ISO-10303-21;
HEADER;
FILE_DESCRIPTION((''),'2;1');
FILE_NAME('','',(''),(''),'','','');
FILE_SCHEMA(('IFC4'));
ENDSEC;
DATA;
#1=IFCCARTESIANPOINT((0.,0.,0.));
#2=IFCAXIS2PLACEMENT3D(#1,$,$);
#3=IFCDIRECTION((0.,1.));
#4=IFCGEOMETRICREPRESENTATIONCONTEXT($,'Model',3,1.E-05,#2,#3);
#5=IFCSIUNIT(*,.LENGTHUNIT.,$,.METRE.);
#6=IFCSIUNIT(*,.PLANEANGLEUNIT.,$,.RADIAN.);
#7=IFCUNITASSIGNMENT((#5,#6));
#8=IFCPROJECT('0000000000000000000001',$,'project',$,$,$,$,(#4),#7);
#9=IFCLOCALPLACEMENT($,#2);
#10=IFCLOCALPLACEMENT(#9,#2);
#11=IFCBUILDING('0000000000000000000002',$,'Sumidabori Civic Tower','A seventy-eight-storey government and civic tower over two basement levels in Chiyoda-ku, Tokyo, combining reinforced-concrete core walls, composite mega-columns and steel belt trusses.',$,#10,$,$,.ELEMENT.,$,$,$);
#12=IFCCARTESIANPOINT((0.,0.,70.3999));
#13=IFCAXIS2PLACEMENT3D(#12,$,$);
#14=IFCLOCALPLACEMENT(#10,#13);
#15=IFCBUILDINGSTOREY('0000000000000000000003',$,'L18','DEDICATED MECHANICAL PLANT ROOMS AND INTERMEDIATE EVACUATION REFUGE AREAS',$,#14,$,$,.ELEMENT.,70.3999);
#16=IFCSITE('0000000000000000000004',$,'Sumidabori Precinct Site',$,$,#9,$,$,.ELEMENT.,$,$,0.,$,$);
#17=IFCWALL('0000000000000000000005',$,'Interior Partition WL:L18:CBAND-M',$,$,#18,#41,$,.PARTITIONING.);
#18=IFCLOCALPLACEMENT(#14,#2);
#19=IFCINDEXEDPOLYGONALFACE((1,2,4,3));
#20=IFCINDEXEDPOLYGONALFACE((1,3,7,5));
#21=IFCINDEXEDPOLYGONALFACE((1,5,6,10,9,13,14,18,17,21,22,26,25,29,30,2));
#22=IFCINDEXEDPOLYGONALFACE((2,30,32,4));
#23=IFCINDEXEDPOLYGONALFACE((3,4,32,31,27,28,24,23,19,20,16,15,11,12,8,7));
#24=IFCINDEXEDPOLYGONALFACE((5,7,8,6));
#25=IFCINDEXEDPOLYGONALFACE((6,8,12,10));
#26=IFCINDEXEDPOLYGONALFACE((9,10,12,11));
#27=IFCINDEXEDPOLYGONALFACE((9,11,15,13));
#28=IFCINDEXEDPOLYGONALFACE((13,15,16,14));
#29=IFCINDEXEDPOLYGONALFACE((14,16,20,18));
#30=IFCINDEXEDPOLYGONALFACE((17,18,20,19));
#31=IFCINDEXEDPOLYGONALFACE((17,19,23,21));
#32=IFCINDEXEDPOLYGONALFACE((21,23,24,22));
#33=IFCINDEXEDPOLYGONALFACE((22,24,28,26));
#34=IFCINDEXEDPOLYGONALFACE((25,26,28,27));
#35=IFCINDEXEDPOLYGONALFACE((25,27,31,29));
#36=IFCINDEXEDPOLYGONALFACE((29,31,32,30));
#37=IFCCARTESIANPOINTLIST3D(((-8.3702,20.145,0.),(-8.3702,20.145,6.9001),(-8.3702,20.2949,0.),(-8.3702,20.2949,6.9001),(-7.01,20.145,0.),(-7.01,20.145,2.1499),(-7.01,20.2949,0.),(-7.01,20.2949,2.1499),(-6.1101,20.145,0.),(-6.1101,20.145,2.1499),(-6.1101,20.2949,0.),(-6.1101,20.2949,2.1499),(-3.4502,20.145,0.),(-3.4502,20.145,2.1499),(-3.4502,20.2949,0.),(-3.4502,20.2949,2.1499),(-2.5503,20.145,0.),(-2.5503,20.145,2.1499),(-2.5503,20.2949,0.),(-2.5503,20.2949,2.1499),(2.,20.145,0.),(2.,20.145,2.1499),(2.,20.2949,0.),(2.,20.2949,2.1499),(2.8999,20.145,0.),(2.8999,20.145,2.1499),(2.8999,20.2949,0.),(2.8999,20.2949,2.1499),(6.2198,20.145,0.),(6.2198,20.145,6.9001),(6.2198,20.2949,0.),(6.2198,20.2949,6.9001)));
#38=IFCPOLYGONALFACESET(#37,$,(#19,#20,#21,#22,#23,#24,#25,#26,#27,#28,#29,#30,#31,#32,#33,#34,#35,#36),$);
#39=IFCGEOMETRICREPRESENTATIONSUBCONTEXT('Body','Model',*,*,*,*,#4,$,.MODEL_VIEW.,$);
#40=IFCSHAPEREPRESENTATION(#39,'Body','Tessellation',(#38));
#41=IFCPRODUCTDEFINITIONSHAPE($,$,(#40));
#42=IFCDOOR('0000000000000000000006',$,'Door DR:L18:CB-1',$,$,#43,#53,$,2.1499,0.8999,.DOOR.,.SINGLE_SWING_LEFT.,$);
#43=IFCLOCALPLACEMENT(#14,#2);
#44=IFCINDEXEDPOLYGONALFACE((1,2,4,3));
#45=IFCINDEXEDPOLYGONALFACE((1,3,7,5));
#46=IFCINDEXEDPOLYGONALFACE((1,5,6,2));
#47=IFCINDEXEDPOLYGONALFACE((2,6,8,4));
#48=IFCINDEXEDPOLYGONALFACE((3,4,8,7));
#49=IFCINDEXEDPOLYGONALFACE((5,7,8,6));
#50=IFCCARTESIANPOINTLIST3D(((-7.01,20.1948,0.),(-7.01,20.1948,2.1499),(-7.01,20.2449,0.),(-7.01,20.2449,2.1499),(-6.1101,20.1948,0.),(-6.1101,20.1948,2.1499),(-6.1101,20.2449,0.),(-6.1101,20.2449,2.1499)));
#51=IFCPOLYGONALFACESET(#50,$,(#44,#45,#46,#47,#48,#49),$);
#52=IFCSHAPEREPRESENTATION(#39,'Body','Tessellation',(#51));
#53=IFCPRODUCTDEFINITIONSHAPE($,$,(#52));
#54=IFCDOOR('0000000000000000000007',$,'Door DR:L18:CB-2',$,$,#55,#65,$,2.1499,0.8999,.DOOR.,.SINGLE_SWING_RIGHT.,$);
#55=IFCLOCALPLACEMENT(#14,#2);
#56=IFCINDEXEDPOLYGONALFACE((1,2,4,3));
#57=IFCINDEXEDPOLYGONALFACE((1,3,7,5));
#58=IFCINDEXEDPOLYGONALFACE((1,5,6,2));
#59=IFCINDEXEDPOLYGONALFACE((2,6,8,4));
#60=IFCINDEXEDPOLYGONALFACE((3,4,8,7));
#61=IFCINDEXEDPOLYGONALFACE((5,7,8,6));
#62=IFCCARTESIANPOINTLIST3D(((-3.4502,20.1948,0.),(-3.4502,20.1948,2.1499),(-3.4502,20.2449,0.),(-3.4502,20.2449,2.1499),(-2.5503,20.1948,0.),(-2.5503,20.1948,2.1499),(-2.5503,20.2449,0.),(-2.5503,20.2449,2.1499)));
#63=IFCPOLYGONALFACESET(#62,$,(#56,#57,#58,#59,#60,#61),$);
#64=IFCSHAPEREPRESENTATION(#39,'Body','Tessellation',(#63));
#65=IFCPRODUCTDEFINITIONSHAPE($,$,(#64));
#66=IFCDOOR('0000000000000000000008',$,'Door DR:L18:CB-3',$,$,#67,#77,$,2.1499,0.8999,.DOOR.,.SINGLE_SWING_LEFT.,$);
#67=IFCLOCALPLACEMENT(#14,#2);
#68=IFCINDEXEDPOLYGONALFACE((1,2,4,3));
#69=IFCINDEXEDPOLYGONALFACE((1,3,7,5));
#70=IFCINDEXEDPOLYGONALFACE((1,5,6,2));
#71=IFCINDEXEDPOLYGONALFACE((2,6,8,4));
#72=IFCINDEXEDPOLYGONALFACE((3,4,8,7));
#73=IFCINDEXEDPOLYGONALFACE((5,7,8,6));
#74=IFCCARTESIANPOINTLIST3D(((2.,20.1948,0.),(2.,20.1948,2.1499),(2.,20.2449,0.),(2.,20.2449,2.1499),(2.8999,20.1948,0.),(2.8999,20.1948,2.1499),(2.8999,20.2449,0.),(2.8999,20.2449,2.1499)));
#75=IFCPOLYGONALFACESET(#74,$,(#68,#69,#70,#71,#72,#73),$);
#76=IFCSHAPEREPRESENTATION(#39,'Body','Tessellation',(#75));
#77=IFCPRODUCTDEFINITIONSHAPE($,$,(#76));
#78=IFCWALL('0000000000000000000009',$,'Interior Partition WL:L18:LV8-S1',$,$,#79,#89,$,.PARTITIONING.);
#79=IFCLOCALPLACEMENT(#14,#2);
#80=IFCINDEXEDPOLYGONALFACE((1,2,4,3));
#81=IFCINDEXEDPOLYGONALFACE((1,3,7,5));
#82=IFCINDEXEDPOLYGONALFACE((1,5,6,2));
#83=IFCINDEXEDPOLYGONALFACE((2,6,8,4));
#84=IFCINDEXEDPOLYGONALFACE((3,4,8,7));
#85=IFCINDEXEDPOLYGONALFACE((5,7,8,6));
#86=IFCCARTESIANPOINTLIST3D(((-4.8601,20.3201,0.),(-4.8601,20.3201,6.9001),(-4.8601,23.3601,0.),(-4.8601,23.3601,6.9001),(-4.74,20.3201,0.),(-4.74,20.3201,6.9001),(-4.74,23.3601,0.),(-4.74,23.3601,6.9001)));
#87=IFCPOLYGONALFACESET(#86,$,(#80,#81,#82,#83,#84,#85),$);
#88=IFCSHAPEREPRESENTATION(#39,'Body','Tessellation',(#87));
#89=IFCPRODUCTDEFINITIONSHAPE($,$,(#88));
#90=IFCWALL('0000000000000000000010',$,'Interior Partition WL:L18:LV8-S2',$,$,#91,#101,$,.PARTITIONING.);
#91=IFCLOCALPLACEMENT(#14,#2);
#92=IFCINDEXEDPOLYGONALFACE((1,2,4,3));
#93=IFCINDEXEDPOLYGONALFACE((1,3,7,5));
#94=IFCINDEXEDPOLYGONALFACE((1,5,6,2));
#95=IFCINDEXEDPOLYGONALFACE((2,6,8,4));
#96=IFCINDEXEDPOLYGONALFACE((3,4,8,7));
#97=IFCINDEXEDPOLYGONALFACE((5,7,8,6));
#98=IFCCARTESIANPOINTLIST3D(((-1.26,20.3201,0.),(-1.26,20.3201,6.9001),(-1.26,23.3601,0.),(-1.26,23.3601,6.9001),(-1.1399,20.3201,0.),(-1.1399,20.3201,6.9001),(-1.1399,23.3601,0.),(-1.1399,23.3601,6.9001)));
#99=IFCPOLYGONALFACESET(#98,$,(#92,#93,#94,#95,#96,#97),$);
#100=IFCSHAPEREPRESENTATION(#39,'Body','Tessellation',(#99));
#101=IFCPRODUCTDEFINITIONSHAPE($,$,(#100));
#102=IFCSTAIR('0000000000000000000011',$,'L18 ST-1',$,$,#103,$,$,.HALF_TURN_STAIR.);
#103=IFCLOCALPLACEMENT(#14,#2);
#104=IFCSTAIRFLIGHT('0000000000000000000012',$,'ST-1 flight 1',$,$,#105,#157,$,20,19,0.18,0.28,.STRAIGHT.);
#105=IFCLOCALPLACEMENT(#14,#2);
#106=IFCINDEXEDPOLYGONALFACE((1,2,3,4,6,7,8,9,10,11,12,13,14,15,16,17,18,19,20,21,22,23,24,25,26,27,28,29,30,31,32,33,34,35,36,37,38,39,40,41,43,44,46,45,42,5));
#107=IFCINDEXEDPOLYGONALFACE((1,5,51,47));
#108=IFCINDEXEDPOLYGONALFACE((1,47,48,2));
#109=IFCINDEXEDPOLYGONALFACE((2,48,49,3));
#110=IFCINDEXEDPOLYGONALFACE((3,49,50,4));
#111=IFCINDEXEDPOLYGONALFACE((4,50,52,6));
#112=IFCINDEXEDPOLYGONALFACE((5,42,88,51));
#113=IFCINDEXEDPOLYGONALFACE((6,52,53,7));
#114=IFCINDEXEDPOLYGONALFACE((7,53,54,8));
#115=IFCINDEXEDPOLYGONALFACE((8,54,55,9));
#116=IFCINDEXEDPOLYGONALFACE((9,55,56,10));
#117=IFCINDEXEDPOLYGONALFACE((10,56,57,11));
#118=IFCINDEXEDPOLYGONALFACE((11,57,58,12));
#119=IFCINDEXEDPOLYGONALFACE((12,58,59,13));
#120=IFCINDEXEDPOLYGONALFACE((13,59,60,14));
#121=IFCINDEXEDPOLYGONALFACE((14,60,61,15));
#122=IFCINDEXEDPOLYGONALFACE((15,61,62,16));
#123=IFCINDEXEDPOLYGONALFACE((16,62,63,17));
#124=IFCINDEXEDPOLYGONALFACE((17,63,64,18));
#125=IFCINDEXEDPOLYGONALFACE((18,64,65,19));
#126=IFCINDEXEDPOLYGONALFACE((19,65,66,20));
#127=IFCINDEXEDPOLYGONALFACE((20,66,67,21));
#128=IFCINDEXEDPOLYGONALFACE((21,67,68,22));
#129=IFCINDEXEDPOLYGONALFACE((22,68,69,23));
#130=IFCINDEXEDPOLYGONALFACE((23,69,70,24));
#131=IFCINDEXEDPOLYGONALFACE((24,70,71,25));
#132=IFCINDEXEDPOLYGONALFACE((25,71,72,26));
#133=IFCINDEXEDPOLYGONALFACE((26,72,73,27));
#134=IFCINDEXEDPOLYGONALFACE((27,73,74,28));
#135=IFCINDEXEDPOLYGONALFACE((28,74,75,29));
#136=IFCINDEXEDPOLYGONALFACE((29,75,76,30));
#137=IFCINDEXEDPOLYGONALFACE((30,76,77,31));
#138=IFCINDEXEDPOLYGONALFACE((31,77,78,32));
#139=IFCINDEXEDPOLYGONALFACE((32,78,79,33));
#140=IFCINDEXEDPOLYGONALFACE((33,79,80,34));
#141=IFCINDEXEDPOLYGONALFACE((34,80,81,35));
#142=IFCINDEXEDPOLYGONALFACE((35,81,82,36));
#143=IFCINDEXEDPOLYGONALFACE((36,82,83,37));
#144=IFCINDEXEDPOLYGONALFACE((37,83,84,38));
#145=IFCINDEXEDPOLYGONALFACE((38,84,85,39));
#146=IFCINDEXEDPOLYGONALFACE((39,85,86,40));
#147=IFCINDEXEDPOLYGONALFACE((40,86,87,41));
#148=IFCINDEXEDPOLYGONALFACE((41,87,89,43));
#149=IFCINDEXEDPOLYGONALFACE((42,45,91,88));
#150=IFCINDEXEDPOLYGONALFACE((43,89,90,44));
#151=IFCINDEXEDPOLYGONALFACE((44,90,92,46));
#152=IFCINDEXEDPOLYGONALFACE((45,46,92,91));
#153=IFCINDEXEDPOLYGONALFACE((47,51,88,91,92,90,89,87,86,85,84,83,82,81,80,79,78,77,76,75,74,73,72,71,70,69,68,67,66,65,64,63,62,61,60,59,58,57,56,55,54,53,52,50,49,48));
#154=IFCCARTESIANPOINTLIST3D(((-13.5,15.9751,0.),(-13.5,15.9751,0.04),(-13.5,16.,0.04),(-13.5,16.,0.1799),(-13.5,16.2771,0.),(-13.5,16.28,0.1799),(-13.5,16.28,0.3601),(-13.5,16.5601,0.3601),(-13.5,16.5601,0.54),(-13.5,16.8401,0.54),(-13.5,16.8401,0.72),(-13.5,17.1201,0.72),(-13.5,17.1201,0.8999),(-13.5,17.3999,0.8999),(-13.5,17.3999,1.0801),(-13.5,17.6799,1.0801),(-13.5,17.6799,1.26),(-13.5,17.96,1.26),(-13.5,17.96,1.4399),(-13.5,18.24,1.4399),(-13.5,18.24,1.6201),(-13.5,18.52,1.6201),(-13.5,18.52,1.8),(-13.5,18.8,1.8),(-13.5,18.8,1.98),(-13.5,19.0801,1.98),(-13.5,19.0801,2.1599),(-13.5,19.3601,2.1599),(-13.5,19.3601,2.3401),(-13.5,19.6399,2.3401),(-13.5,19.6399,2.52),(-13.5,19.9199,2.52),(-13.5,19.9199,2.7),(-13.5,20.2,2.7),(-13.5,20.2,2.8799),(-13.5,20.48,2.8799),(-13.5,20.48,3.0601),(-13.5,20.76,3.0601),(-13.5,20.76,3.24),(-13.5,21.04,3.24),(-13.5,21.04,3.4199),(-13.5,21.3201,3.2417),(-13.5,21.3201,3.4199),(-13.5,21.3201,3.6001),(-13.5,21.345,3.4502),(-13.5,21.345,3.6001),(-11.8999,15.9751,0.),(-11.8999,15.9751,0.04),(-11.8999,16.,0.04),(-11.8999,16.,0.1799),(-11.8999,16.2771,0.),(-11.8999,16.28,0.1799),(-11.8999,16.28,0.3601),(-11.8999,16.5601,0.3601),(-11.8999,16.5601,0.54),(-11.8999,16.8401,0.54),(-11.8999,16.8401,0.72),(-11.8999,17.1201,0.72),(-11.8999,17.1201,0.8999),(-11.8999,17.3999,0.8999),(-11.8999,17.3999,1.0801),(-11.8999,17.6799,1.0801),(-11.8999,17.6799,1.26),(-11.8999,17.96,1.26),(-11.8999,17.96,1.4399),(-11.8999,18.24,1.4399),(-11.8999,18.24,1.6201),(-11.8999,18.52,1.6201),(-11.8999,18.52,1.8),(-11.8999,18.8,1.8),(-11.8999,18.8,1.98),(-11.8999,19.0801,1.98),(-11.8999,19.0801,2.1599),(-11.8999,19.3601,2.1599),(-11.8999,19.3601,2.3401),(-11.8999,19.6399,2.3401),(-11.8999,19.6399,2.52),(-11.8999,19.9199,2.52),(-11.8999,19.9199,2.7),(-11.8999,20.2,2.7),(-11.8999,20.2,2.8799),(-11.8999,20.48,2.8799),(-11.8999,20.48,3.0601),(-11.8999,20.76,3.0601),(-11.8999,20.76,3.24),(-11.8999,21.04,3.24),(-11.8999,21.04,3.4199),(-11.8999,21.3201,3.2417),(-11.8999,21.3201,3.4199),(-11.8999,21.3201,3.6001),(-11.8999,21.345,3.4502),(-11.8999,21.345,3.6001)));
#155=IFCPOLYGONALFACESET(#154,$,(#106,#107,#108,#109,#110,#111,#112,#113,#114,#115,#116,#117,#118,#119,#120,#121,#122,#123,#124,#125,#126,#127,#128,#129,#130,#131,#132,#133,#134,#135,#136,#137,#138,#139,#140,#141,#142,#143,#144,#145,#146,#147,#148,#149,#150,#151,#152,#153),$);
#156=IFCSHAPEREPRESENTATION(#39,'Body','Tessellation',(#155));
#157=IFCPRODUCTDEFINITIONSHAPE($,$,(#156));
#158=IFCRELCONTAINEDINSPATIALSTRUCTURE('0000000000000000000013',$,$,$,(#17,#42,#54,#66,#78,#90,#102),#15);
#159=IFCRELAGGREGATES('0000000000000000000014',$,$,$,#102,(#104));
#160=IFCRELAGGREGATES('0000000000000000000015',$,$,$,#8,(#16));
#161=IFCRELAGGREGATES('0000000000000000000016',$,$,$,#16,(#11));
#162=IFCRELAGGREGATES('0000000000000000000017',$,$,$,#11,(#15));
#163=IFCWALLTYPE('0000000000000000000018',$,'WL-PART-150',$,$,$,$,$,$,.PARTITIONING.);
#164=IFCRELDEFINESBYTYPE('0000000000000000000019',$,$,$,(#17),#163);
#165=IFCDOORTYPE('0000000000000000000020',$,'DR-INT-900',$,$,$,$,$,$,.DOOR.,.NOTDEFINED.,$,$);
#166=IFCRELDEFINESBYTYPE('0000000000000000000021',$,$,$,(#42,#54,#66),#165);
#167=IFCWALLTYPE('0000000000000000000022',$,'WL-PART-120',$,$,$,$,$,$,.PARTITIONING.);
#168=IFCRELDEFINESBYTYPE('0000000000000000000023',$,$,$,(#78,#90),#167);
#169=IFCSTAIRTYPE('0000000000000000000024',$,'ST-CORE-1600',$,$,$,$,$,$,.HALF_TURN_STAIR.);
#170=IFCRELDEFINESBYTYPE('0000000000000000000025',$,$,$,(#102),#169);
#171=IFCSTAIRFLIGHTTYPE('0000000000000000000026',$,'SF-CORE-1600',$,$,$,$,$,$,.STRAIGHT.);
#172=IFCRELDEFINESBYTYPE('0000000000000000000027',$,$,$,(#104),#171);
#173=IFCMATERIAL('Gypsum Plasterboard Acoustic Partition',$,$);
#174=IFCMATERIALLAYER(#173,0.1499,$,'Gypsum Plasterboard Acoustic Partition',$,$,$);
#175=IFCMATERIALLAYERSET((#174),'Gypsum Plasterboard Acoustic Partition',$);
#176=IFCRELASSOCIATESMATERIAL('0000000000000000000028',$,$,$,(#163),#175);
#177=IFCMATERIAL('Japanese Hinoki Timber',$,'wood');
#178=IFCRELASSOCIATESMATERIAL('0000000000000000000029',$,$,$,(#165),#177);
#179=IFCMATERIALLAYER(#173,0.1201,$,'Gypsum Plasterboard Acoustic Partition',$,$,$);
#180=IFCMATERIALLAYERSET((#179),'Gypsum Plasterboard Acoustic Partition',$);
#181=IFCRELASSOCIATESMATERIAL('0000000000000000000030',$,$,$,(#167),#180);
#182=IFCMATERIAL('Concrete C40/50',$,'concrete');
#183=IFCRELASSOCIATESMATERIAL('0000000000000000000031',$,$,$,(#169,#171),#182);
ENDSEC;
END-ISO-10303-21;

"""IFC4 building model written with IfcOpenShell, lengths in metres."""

from ifc_helpers import new_model, si_unit, direction, frame, frame_2d, origin, place, context, subcontext, project, spatial, polyline, rectangle, outline, extrude, source, transform, mapped, material, layer, layer_set, type_object, element, fill, aggregate, save


model = new_model("IFC4")

# Units and contexts
model_context = context("Model", 3, precision=1e-05, world=origin(), true_north=direction((0.0, 1.0)))
body_context = subcontext(model_context, "Body", "Model", "MODEL_VIEW")
ifc_project = project(units=[si_unit("LENGTHUNIT", "METRE"), si_unit("PLANEANGLEUNIT", "RADIAN")], contexts=[model_context])

# Site, building, storey
site_placement = place(None, origin())
site = spatial("IfcSite", under=ifc_project, at=site_placement, Name="Sumidabori Precinct Site", CompositionType="ELEMENT", RefElevation=0.0)
building_placement = place(site_placement, origin())
building = spatial("IfcBuilding", under=site, at=building_placement, Name="Sumidabori Civic Tower", Description="A seventy-eight-storey government and civic tower over two basement levels in Chiyoda-ku, Tokyo, combining reinforced-concrete core walls, composite mega-columns and steel belt trusses.", CompositionType="ELEMENT")
storey_placement = place(building_placement, frame((0.0, 0.0, 70.3999)))
storey = spatial("IfcBuildingStorey", under=building, at=storey_placement, Name="L18", Description="DEDICATED MECHANICAL PLANT ROOMS AND INTERMEDIATE EVACUATION REFUGE AREAS", CompositionType="ELEMENT", Elevation=70.3999)

# Wall, openings, doors
ifc_material_1 = material(Name="Gypsum Plasterboard Acoustic Partition")
ifc_layer_1 = layer(ifc_material_1, 0.1499, Name="Gypsum Plasterboard Acoustic Partition")
ifc_layer_set_1 = layer_set([ifc_layer_1], Name="Gypsum Plasterboard Acoustic Partition")
wall_type_1 = type_object("IfcWallType", Name="WL-PART-150", PredefinedType="PARTITIONING", material=ifc_layer_set_1)
shared_shape_1 = source(origin(), body_context, "Body", "SweptSolid", [
    extrude(rectangle(XDim=14.5901, YDim=0.1499, at=frame_2d((7.2949, 0.0))), origin(), (0.0, 0.0, 1.0), 6.9001),
])
wall_1_placement = place(storey_placement, frame((-8.3701, 20.22, 0.0), z_axis=(0.0, 0.0, 1.0), x_axis=(1.0, 0.0, 0.0)))
wall_1 = element("IfcWall", 1, at=wall_1_placement, inside=storey, type_object=wall_type_1, Name="Interior Partition WL:L18:CBAND-M", PredefinedType="PARTITIONING", context=body_context, shape_type="MappedRepresentation", body=[
    mapped(shared_shape_1, transform((0.0, 0.0, 0.0), x_axis=(1.0, 0.0, 0.0), y_axis=(0.0, 1.0, 0.0), z_axis=(0.0, 0.0, 1.0), scale=1.0)),
])
opening_1_placement = place(wall_1_placement, frame((1.3601, 0.0, 0.0)))
opening_1 = element("IfcOpeningElement", 2, at=opening_1_placement, cuts=wall_1, PredefinedType="OPENING", context=body_context, shape_type="SweptSolid", body=[
    extrude(rectangle(XDim=0.8999, YDim=2.1499, at=frame_2d((0.45, 1.075))), frame((0.0, 0.0869, 0.0), z_axis=(0.0, -1.0, 0.0), x_axis=(1.0, 0.0, 0.0)), (0.0, 0.0, 1.0), 0.1738),
])
opening_2_placement = place(wall_1_placement, frame((4.9199, 0.0, 0.0)))
opening_2 = element("IfcOpeningElement", 3, at=opening_2_placement, cuts=wall_1, PredefinedType="OPENING", context=body_context, shape_type="SweptSolid", body=[
    extrude(rectangle(XDim=0.8999, YDim=2.1499, at=frame_2d((0.45, 1.075))), frame((0.0, 0.0869, 0.0), z_axis=(0.0, -1.0, 0.0), x_axis=(1.0, 0.0, 0.0)), (0.0, 0.0, 1.0), 0.1738),
])
opening_3_placement = place(wall_1_placement, frame((10.3701, 0.0, 0.0)))
opening_3 = element("IfcOpeningElement", 4, at=opening_3_placement, cuts=wall_1, PredefinedType="OPENING", context=body_context, shape_type="SweptSolid", body=[
    extrude(rectangle(XDim=0.8999, YDim=2.1499, at=frame_2d((0.45, 1.075))), frame((0.0, 0.0869, 0.0), z_axis=(0.0, -1.0, 0.0), x_axis=(1.0, 0.0, 0.0)), (0.0, 0.0, 1.0), 0.1738),
])
ifc_material_2 = material(Name="Japanese Hinoki Timber", Category="wood")
door_type = type_object("IfcDoorType", Name="DR-INT-900", OperationType="NOTDEFINED", PredefinedType="DOOR", material=ifc_material_2)
shared_shape_2 = source(origin(), body_context, "Body", "SweptSolid", [
    extrude(rectangle(XDim=0.8999, YDim=2.1499, at=frame_2d((0.45, 1.075))), frame((0.0, 0.0249, 0.0), z_axis=(0.0, -1.0, 0.0), x_axis=(1.0, 0.0, 0.0)), (0.0, 0.0, 1.0), 0.05),
])
door_1_placement = place(opening_1_placement, origin())
door_1 = element("IfcDoor", 5, at=door_1_placement, inside=storey, type_object=door_type, Name="Door DR:L18:CB-1", OperationType="SINGLE_SWING_LEFT", OverallHeight=2.1499, OverallWidth=0.8999, PredefinedType="DOOR", context=body_context, shape_type="MappedRepresentation", body=[
    mapped(shared_shape_2, transform((0.0, 0.0, 0.0), x_axis=(1.0, 0.0, 0.0), y_axis=(0.0, 1.0, 0.0), z_axis=(0.0, 0.0, 1.0), scale=1.0)),
])
fill(opening_1, door_1)
door_2_placement = place(opening_2_placement, origin())
door_2 = element("IfcDoor", 6, at=door_2_placement, inside=storey, type_object=door_type, Name="Door DR:L18:CB-2", OperationType="SINGLE_SWING_RIGHT", OverallHeight=2.1499, OverallWidth=0.8999, PredefinedType="DOOR", context=body_context, shape_type="MappedRepresentation", body=[
    mapped(shared_shape_2, transform((0.0, 0.0, 0.0), x_axis=(1.0, 0.0, 0.0), y_axis=(0.0, 1.0, 0.0), z_axis=(0.0, 0.0, 1.0), scale=1.0)),
])
fill(opening_2, door_2)
door_3_placement = place(opening_3_placement, origin())
door_3 = element("IfcDoor", 7, at=door_3_placement, inside=storey, type_object=door_type, Name="Door DR:L18:CB-3", OperationType="SINGLE_SWING_LEFT", OverallHeight=2.1499, OverallWidth=0.8999, PredefinedType="DOOR", context=body_context, shape_type="MappedRepresentation", body=[
    mapped(shared_shape_2, transform((0.0, 0.0, 0.0), x_axis=(1.0, 0.0, 0.0), y_axis=(0.0, 1.0, 0.0), z_axis=(0.0, 0.0, 1.0), scale=1.0)),
])
fill(opening_3, door_3)

# Walls
ifc_layer_2 = layer(ifc_material_1, 0.1201, Name="Gypsum Plasterboard Acoustic Partition")
ifc_layer_set_2 = layer_set([ifc_layer_2], Name="Gypsum Plasterboard Acoustic Partition")
wall_type_2 = type_object("IfcWallType", Name="WL-PART-120", PredefinedType="PARTITIONING", material=ifc_layer_set_2)
shared_shape_3 = source(origin(), body_context, "Body", "SweptSolid", [
    extrude(rectangle(XDim=3.04, YDim=0.1201, at=frame_2d((1.52, 0.0))), origin(), (0.0, 0.0, 1.0), 6.9001),
])
for number, where, z_axis, x_axis, name in (
    (8, (-4.8, 20.3201, 0.0), (0.0, 0.0, 1.0), (0.0, 1.0, 0.0), "Interior Partition WL:L18:LV8-S1"),
    (9, (-1.2, 20.3201, 0.0), (0.0, 0.0, 1.0), (0.0, 1.0, 0.0), "Interior Partition WL:L18:LV8-S2"),
):
    element("IfcWall", number, at=place(storey_placement, frame(where, z_axis=z_axis, x_axis=x_axis)), inside=storey, type_object=wall_type_2, Name=name, PredefinedType="PARTITIONING", context=body_context, shape_type="MappedRepresentation", body=[
        mapped(shared_shape_3, transform((0.0, 0.0, 0.0), x_axis=(1.0, 0.0, 0.0), y_axis=(0.0, 1.0, 0.0), z_axis=(0.0, 0.0, 1.0), scale=1.0)),
    ])

# Stair, stair flight
ifc_material_3 = material(Name="Concrete C40/50", Category="concrete")
stair_type = type_object("IfcStairType", Name="ST-CORE-1600", PredefinedType="HALF_TURN_STAIR", material=ifc_material_3)
stair_placement = place(storey_placement, origin())
stair = element("IfcStair", 10, at=stair_placement, inside=storey, type_object=stair_type, Name="L18 ST-1", PredefinedType="HALF_TURN_STAIR")
stair_flight_type = type_object("IfcStairFlightType", Name="SF-CORE-1600", PredefinedType="STRAIGHT", material=ifc_material_3)
shared_shape_4 = source(origin(), body_context, "Body", "SweptSolid", [
    extrude(outline(polyline([(-0.0249, 0.0), (-0.0249, 0.04), (0.0, 0.04), (0.0, 0.1799), (0.28, 0.1799), (0.28, 0.3601), (0.5601, 0.3601), (0.5601, 0.54), (0.8401, 0.54), (0.8401, 0.72), (1.1201, 0.72), (1.1201, 0.8999), (1.3999, 0.8999), (1.3999, 1.0801), (1.6799, 1.0801), (1.6799, 1.26), (1.96, 1.26), (1.96, 1.4399), (2.24, 1.4399), (2.24, 1.6201), (2.52, 1.6201), (2.52, 1.8), (2.8, 1.8), (2.8, 1.98), (3.0801, 1.98), (3.0801, 2.1599), (3.3601, 2.1599), (3.3601, 2.3401), (3.6399, 2.3401), (3.6399, 2.52), (3.9199, 2.52), (3.9199, 2.7), (4.2, 2.7), (4.2, 2.8799), (4.48, 2.8799), (4.48, 3.0601), (4.76, 3.0601), (4.76, 3.24), (5.04, 3.24), (5.04, 3.4199), (5.3201, 3.4199), (5.3201, 3.6001), (5.345, 3.6001), (5.345, 3.4502), (5.3201, 3.2417), (0.2771, 0.0), (-0.0249, 0.0)])), frame((0.0, 0.8, 0.0), z_axis=(0.0, -1.0, 0.0), x_axis=(1.0, 0.0, 0.0)), (0.0, 0.0, 1.0), 1.6001),
])
stair_flight_1_placement = place(storey_placement, frame((-12.7, 16.0, 0.0), z_axis=(0.0, 0.0, 1.0), x_axis=(0.0, 1.0, 0.0)))
stair_flight_1 = element("IfcStairFlight", 11, at=stair_flight_1_placement, type_object=stair_flight_type, Name="ST-1 flight 1", NumberOfRisers=20, NumberOfTreads=19, PredefinedType="STRAIGHT", RiserHeight=0.18, TreadLength=0.28, context=body_context, shape_type="MappedRepresentation", body=[
    mapped(shared_shape_4, transform((0.0, 0.0, 0.0), x_axis=(1.0, 0.0, 0.0), y_axis=(0.0, 1.0, 0.0), z_axis=(0.0, 0.0, 1.0), scale=1.0)),
])
aggregate(stair, [stair_flight_1])

save(model, "model.ifc")
